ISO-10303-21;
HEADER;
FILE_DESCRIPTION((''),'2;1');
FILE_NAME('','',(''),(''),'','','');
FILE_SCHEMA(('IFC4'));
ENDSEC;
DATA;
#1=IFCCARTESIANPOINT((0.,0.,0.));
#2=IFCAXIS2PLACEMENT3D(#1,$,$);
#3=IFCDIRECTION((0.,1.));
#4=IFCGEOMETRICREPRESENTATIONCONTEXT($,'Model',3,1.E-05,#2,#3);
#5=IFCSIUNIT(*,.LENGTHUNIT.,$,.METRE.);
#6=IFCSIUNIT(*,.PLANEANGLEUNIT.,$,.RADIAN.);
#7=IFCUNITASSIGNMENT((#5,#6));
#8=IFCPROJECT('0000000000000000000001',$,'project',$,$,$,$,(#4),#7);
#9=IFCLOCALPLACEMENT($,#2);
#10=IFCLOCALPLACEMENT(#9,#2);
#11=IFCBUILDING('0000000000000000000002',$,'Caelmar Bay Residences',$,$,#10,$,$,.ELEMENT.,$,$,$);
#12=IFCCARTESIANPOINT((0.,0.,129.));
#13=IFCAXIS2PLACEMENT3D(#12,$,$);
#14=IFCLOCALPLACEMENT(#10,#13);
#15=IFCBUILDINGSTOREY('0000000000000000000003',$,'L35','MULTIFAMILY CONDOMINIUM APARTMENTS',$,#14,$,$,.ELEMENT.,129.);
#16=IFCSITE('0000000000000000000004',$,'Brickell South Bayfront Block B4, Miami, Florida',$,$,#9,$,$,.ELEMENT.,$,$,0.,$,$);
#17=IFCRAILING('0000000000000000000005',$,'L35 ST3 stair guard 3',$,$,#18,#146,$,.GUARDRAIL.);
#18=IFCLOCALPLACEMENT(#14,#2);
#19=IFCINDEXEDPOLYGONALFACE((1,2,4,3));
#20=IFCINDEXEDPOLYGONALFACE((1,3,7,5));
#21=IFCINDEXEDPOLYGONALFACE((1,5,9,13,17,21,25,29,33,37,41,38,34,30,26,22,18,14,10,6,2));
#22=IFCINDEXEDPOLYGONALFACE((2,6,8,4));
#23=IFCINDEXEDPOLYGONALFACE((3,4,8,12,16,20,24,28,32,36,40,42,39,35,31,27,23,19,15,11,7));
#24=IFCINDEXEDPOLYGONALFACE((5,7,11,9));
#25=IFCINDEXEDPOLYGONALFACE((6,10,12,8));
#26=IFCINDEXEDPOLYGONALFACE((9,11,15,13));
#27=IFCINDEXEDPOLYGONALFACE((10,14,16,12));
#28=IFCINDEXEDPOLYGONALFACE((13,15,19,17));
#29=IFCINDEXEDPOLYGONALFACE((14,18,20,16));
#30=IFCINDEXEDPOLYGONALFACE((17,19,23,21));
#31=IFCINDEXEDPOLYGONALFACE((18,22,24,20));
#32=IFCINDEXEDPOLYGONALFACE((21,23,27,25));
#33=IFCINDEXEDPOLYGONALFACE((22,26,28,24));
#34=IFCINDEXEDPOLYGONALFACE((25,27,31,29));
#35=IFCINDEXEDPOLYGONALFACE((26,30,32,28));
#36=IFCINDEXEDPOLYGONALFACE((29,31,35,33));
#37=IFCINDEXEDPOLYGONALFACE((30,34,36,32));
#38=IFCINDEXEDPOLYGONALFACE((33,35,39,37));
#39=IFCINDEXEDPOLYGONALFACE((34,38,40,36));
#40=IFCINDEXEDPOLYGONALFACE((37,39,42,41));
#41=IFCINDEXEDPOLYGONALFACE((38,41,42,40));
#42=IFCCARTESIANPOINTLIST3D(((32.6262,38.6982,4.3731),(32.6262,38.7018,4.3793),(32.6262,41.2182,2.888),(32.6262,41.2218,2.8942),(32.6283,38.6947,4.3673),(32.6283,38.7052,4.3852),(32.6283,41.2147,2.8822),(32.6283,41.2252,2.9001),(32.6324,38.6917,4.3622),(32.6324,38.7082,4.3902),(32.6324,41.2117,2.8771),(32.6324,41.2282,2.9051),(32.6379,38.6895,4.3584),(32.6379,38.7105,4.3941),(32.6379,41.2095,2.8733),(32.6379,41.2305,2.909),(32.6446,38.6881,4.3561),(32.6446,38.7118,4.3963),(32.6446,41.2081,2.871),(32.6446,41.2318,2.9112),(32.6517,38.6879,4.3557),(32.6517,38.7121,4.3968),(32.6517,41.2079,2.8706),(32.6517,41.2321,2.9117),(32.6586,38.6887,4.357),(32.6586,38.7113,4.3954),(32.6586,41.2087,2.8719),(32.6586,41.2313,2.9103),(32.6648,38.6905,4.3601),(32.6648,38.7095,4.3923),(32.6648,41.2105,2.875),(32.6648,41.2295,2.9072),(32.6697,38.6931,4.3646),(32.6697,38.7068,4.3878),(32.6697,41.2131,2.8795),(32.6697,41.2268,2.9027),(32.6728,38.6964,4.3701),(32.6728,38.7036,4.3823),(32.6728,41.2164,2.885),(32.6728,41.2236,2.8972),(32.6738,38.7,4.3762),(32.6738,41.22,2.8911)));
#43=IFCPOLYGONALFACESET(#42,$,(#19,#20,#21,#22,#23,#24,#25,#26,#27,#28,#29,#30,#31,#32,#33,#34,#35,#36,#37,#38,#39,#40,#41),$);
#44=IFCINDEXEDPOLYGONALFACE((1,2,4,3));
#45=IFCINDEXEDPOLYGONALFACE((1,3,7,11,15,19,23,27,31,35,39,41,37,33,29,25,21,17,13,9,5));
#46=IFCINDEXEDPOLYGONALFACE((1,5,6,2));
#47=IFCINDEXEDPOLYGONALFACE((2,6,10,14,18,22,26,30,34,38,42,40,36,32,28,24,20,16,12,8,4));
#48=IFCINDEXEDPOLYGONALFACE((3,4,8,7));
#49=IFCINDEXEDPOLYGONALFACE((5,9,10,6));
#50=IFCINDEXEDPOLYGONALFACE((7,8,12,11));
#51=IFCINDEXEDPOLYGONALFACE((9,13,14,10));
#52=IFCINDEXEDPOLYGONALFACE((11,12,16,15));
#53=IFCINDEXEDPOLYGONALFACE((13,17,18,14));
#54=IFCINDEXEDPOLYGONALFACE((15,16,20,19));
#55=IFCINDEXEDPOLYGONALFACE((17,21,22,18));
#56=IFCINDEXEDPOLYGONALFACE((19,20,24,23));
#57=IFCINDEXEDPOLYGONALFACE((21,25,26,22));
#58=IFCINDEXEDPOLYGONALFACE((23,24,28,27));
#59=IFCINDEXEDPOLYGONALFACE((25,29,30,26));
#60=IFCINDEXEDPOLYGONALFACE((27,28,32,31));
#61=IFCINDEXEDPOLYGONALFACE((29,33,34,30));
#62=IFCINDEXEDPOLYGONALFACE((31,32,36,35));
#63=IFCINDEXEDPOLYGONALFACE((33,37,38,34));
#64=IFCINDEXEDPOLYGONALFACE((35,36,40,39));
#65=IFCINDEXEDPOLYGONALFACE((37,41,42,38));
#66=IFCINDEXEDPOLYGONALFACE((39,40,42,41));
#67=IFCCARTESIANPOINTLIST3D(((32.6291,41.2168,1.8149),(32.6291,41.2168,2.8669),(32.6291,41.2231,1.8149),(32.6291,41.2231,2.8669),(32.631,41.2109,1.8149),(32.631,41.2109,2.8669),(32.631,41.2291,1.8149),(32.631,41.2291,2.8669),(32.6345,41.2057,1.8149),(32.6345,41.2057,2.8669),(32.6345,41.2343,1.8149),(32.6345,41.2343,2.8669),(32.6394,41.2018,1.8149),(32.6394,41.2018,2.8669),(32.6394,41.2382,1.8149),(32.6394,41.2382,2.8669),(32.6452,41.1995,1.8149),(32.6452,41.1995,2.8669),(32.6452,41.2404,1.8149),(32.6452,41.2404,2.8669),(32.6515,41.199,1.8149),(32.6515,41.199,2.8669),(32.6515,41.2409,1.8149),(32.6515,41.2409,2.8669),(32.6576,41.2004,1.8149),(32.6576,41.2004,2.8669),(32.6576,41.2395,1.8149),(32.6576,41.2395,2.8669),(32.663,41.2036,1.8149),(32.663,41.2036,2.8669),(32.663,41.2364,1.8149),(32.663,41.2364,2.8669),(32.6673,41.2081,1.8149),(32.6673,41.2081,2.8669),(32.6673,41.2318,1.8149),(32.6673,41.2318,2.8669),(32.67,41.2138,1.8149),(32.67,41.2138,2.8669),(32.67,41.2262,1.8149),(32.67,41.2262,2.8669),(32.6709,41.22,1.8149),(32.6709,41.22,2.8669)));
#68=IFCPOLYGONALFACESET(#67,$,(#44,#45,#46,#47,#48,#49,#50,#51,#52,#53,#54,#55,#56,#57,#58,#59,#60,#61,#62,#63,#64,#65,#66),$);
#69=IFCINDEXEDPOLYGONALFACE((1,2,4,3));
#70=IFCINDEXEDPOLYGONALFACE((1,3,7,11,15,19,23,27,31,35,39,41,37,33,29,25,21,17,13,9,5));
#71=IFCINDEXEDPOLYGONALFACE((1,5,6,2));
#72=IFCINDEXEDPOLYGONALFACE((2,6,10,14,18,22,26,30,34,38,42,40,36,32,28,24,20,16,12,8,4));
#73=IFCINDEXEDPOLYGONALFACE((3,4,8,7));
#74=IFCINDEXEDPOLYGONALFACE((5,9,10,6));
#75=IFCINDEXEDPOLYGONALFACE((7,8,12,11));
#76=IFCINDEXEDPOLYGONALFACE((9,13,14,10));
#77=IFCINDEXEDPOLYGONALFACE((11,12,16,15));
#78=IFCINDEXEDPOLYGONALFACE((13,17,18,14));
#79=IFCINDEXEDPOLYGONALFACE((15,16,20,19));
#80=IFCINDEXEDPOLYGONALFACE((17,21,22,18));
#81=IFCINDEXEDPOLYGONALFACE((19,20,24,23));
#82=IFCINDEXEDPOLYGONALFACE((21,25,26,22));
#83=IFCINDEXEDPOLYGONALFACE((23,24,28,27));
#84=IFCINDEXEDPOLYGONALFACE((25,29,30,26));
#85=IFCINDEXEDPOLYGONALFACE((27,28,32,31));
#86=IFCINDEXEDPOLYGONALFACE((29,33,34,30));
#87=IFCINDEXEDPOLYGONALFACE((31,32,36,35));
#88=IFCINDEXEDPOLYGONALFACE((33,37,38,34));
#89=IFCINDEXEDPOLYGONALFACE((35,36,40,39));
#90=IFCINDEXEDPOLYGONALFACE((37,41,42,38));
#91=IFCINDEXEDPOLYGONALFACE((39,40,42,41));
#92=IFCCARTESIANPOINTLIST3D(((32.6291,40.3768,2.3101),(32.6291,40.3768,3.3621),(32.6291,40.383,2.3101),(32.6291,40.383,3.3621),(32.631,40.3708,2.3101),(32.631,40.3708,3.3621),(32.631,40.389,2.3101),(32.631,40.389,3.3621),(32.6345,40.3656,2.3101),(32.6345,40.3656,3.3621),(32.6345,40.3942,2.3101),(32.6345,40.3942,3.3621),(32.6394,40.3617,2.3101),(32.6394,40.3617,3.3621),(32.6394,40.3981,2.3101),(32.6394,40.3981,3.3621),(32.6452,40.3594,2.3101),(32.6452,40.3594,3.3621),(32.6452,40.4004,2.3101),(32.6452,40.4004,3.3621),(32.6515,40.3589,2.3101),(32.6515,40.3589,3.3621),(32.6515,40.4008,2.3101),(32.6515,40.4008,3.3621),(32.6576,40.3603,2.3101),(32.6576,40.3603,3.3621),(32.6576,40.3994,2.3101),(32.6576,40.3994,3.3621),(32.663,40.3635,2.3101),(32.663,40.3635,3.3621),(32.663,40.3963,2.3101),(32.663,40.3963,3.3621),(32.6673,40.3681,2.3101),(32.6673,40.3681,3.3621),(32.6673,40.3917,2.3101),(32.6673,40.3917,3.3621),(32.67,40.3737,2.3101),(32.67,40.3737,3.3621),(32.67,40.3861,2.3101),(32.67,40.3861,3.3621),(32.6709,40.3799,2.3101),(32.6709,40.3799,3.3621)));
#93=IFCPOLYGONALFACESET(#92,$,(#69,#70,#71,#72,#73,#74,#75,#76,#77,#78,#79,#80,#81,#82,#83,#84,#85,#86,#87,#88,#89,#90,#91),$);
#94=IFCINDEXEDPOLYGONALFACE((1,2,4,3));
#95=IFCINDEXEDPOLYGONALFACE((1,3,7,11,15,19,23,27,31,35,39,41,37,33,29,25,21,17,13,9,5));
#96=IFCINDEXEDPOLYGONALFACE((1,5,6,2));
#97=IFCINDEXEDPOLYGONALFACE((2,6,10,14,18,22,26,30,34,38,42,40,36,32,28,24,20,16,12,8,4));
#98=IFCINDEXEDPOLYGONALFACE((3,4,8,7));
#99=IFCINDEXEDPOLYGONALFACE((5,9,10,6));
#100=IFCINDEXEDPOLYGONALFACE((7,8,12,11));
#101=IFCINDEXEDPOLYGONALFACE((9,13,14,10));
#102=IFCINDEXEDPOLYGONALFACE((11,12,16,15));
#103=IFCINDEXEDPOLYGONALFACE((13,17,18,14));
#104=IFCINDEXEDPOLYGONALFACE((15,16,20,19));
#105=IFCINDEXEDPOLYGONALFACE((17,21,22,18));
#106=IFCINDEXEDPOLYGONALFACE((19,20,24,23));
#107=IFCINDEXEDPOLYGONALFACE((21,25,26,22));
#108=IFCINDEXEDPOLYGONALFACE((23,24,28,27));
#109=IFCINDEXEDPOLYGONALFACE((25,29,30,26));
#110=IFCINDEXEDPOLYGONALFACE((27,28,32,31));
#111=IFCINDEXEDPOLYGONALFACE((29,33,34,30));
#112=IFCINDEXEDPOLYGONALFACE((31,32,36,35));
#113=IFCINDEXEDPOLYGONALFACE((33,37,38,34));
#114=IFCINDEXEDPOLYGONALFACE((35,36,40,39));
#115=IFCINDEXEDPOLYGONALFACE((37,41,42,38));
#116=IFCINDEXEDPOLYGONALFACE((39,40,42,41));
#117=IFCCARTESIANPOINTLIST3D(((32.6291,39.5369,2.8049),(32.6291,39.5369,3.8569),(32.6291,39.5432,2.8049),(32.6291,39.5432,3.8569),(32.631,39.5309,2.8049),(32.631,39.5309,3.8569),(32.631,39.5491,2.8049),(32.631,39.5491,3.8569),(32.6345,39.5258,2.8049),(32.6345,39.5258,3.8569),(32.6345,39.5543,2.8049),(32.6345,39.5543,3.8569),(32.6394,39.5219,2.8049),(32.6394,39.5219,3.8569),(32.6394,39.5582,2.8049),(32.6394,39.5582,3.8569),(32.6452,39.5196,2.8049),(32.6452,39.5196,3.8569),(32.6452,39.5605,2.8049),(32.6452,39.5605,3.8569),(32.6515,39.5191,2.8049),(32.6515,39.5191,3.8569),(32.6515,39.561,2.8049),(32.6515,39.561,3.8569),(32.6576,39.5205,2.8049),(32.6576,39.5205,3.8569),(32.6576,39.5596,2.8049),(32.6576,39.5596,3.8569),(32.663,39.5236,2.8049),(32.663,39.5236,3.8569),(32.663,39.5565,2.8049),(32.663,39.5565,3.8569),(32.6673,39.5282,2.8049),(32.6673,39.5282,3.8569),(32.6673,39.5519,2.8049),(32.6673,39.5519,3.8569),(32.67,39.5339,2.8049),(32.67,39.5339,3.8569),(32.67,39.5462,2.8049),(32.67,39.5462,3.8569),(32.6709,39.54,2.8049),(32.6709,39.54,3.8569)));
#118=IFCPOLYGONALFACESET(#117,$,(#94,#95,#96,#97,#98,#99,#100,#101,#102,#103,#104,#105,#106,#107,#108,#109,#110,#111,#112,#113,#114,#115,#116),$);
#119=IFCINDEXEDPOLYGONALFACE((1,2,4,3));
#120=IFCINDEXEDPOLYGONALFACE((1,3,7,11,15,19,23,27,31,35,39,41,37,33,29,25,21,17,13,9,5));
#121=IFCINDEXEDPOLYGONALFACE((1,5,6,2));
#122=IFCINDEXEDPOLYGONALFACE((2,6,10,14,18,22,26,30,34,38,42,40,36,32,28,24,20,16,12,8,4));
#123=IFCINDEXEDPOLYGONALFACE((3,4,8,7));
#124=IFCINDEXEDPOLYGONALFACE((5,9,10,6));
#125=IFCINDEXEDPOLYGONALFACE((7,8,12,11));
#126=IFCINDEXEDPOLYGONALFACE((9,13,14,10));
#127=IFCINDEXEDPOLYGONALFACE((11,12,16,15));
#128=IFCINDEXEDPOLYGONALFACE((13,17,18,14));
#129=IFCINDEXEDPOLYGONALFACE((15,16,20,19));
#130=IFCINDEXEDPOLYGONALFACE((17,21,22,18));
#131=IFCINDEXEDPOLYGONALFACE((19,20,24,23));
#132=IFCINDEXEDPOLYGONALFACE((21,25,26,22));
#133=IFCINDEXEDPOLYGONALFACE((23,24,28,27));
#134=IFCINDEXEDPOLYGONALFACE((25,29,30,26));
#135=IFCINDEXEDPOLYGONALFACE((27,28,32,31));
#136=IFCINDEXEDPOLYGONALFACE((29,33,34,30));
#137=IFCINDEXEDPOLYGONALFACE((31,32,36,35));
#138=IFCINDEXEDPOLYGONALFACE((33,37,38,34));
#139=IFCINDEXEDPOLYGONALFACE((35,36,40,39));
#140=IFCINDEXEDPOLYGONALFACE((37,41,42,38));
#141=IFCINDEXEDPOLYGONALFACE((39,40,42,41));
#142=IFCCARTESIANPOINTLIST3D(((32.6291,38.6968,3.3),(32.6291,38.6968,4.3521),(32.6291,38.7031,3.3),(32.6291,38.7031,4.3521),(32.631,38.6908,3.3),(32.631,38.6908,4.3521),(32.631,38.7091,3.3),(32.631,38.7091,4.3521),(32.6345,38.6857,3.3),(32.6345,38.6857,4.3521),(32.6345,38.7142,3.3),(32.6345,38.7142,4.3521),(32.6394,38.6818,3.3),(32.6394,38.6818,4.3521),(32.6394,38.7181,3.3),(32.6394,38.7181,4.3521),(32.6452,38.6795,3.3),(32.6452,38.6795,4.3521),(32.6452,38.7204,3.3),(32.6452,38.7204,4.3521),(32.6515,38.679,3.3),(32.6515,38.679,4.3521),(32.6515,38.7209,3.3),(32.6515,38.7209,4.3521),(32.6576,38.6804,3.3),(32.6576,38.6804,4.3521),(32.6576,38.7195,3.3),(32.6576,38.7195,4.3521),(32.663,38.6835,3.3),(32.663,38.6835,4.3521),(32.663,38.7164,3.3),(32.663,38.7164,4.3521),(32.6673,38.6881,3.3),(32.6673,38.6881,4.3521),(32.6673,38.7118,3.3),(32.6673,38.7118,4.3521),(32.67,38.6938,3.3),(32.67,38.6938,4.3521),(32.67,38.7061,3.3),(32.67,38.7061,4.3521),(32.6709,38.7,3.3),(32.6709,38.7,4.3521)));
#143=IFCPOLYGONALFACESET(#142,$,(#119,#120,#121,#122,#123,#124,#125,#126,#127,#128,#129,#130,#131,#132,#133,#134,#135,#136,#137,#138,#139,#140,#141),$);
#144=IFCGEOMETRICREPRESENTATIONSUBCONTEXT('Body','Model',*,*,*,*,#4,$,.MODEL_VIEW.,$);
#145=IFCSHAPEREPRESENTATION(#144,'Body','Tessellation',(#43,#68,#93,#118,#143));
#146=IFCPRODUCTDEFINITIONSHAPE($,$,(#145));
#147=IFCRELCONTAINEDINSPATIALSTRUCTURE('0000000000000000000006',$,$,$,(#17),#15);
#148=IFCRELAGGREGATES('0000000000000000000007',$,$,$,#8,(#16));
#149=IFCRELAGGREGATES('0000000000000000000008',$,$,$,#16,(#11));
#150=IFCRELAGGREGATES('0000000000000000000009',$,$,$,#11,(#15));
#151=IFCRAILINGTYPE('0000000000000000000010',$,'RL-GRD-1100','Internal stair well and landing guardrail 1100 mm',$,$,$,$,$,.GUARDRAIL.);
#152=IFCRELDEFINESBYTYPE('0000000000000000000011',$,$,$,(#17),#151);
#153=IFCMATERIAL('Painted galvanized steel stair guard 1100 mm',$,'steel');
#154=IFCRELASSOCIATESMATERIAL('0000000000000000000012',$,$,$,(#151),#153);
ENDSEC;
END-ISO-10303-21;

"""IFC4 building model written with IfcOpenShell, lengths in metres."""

from ifc_helpers import new_model, si_unit, direction, frame, origin, origin_2d, place, context, subcontext, project, spatial, circle, extrude, material, type_object, element, save


model = new_model("IFC4")

# Units and contexts
model_context = context("Model", 3, precision=1e-05, world=origin(), true_north=direction((0.0, 1.0)))
body_context = subcontext(model_context, "Body", "Model", "MODEL_VIEW")
ifc_project = project(units=[si_unit("LENGTHUNIT", "METRE"), si_unit("PLANEANGLEUNIT", "RADIAN")], contexts=[model_context])

# Site, building, storey
site_placement = place(None, origin())
site = spatial("IfcSite", under=ifc_project, at=site_placement, Name="Brickell South Bayfront Block B4, Miami, Florida", CompositionType="ELEMENT", RefElevation=0.0)
building_placement = place(site_placement, origin())
building = spatial("IfcBuilding", under=site, at=building_placement, Name="Caelmar Bay Residences", CompositionType="ELEMENT")
storey_placement = place(building_placement, frame((0.0, 0.0, 129.0)))
storey = spatial("IfcBuildingStorey", under=building, at=storey_placement, Name="L35", Description="MULTIFAMILY CONDOMINIUM APARTMENTS", CompositionType="ELEMENT", Elevation=129.0)

# Railing
ifc_material_1 = material(Name="Painted galvanized steel stair guard 1100 mm", Category="steel")
railing_type_1 = type_object("IfcRailingType", Name="RL-GRD-1100", Description="Internal stair well and landing guardrail 1100 mm", PredefinedType="GUARDRAIL", material=ifc_material_1)
railing_1_placement = place(storey_placement, frame((32.6499, 41.22, 1.8149)))
element("IfcRailing", 1, at=railing_1_placement, inside=storey, type_object=railing_type_1, Name="L35 ST3 stair guard 3", PredefinedType="GUARDRAIL", context=body_context, shape_type="SweptSolid", body=[
    extrude(circle(Radius=0.0239, at=origin_2d()), frame((0.0, 0.0, 1.0762), z_axis=(0.0, -0.861524, 0.507717), x_axis=(1.0, 0.0, 0.0)), (0.0, 0.0, 1.0), 2.925),
    extrude(circle(Radius=0.021, at=origin_2d()), origin(), (0.0, 0.0, 1.0), 1.052),
    extrude(circle(Radius=0.021, at=origin_2d()), frame((0.0, -0.8401, 0.4951)), (0.0, 0.0, 1.0), 1.052),
    extrude(circle(Radius=0.021, at=origin_2d()), frame((0.0, -1.6799, 0.99)), (0.0, 0.0, 1.0), 1.052),
    extrude(circle(Radius=0.021, at=origin_2d()), frame((0.0, -2.52, 1.4851)), (0.0, 0.0, 1.0), 1.052),
])

save(model, "model.ifc")
